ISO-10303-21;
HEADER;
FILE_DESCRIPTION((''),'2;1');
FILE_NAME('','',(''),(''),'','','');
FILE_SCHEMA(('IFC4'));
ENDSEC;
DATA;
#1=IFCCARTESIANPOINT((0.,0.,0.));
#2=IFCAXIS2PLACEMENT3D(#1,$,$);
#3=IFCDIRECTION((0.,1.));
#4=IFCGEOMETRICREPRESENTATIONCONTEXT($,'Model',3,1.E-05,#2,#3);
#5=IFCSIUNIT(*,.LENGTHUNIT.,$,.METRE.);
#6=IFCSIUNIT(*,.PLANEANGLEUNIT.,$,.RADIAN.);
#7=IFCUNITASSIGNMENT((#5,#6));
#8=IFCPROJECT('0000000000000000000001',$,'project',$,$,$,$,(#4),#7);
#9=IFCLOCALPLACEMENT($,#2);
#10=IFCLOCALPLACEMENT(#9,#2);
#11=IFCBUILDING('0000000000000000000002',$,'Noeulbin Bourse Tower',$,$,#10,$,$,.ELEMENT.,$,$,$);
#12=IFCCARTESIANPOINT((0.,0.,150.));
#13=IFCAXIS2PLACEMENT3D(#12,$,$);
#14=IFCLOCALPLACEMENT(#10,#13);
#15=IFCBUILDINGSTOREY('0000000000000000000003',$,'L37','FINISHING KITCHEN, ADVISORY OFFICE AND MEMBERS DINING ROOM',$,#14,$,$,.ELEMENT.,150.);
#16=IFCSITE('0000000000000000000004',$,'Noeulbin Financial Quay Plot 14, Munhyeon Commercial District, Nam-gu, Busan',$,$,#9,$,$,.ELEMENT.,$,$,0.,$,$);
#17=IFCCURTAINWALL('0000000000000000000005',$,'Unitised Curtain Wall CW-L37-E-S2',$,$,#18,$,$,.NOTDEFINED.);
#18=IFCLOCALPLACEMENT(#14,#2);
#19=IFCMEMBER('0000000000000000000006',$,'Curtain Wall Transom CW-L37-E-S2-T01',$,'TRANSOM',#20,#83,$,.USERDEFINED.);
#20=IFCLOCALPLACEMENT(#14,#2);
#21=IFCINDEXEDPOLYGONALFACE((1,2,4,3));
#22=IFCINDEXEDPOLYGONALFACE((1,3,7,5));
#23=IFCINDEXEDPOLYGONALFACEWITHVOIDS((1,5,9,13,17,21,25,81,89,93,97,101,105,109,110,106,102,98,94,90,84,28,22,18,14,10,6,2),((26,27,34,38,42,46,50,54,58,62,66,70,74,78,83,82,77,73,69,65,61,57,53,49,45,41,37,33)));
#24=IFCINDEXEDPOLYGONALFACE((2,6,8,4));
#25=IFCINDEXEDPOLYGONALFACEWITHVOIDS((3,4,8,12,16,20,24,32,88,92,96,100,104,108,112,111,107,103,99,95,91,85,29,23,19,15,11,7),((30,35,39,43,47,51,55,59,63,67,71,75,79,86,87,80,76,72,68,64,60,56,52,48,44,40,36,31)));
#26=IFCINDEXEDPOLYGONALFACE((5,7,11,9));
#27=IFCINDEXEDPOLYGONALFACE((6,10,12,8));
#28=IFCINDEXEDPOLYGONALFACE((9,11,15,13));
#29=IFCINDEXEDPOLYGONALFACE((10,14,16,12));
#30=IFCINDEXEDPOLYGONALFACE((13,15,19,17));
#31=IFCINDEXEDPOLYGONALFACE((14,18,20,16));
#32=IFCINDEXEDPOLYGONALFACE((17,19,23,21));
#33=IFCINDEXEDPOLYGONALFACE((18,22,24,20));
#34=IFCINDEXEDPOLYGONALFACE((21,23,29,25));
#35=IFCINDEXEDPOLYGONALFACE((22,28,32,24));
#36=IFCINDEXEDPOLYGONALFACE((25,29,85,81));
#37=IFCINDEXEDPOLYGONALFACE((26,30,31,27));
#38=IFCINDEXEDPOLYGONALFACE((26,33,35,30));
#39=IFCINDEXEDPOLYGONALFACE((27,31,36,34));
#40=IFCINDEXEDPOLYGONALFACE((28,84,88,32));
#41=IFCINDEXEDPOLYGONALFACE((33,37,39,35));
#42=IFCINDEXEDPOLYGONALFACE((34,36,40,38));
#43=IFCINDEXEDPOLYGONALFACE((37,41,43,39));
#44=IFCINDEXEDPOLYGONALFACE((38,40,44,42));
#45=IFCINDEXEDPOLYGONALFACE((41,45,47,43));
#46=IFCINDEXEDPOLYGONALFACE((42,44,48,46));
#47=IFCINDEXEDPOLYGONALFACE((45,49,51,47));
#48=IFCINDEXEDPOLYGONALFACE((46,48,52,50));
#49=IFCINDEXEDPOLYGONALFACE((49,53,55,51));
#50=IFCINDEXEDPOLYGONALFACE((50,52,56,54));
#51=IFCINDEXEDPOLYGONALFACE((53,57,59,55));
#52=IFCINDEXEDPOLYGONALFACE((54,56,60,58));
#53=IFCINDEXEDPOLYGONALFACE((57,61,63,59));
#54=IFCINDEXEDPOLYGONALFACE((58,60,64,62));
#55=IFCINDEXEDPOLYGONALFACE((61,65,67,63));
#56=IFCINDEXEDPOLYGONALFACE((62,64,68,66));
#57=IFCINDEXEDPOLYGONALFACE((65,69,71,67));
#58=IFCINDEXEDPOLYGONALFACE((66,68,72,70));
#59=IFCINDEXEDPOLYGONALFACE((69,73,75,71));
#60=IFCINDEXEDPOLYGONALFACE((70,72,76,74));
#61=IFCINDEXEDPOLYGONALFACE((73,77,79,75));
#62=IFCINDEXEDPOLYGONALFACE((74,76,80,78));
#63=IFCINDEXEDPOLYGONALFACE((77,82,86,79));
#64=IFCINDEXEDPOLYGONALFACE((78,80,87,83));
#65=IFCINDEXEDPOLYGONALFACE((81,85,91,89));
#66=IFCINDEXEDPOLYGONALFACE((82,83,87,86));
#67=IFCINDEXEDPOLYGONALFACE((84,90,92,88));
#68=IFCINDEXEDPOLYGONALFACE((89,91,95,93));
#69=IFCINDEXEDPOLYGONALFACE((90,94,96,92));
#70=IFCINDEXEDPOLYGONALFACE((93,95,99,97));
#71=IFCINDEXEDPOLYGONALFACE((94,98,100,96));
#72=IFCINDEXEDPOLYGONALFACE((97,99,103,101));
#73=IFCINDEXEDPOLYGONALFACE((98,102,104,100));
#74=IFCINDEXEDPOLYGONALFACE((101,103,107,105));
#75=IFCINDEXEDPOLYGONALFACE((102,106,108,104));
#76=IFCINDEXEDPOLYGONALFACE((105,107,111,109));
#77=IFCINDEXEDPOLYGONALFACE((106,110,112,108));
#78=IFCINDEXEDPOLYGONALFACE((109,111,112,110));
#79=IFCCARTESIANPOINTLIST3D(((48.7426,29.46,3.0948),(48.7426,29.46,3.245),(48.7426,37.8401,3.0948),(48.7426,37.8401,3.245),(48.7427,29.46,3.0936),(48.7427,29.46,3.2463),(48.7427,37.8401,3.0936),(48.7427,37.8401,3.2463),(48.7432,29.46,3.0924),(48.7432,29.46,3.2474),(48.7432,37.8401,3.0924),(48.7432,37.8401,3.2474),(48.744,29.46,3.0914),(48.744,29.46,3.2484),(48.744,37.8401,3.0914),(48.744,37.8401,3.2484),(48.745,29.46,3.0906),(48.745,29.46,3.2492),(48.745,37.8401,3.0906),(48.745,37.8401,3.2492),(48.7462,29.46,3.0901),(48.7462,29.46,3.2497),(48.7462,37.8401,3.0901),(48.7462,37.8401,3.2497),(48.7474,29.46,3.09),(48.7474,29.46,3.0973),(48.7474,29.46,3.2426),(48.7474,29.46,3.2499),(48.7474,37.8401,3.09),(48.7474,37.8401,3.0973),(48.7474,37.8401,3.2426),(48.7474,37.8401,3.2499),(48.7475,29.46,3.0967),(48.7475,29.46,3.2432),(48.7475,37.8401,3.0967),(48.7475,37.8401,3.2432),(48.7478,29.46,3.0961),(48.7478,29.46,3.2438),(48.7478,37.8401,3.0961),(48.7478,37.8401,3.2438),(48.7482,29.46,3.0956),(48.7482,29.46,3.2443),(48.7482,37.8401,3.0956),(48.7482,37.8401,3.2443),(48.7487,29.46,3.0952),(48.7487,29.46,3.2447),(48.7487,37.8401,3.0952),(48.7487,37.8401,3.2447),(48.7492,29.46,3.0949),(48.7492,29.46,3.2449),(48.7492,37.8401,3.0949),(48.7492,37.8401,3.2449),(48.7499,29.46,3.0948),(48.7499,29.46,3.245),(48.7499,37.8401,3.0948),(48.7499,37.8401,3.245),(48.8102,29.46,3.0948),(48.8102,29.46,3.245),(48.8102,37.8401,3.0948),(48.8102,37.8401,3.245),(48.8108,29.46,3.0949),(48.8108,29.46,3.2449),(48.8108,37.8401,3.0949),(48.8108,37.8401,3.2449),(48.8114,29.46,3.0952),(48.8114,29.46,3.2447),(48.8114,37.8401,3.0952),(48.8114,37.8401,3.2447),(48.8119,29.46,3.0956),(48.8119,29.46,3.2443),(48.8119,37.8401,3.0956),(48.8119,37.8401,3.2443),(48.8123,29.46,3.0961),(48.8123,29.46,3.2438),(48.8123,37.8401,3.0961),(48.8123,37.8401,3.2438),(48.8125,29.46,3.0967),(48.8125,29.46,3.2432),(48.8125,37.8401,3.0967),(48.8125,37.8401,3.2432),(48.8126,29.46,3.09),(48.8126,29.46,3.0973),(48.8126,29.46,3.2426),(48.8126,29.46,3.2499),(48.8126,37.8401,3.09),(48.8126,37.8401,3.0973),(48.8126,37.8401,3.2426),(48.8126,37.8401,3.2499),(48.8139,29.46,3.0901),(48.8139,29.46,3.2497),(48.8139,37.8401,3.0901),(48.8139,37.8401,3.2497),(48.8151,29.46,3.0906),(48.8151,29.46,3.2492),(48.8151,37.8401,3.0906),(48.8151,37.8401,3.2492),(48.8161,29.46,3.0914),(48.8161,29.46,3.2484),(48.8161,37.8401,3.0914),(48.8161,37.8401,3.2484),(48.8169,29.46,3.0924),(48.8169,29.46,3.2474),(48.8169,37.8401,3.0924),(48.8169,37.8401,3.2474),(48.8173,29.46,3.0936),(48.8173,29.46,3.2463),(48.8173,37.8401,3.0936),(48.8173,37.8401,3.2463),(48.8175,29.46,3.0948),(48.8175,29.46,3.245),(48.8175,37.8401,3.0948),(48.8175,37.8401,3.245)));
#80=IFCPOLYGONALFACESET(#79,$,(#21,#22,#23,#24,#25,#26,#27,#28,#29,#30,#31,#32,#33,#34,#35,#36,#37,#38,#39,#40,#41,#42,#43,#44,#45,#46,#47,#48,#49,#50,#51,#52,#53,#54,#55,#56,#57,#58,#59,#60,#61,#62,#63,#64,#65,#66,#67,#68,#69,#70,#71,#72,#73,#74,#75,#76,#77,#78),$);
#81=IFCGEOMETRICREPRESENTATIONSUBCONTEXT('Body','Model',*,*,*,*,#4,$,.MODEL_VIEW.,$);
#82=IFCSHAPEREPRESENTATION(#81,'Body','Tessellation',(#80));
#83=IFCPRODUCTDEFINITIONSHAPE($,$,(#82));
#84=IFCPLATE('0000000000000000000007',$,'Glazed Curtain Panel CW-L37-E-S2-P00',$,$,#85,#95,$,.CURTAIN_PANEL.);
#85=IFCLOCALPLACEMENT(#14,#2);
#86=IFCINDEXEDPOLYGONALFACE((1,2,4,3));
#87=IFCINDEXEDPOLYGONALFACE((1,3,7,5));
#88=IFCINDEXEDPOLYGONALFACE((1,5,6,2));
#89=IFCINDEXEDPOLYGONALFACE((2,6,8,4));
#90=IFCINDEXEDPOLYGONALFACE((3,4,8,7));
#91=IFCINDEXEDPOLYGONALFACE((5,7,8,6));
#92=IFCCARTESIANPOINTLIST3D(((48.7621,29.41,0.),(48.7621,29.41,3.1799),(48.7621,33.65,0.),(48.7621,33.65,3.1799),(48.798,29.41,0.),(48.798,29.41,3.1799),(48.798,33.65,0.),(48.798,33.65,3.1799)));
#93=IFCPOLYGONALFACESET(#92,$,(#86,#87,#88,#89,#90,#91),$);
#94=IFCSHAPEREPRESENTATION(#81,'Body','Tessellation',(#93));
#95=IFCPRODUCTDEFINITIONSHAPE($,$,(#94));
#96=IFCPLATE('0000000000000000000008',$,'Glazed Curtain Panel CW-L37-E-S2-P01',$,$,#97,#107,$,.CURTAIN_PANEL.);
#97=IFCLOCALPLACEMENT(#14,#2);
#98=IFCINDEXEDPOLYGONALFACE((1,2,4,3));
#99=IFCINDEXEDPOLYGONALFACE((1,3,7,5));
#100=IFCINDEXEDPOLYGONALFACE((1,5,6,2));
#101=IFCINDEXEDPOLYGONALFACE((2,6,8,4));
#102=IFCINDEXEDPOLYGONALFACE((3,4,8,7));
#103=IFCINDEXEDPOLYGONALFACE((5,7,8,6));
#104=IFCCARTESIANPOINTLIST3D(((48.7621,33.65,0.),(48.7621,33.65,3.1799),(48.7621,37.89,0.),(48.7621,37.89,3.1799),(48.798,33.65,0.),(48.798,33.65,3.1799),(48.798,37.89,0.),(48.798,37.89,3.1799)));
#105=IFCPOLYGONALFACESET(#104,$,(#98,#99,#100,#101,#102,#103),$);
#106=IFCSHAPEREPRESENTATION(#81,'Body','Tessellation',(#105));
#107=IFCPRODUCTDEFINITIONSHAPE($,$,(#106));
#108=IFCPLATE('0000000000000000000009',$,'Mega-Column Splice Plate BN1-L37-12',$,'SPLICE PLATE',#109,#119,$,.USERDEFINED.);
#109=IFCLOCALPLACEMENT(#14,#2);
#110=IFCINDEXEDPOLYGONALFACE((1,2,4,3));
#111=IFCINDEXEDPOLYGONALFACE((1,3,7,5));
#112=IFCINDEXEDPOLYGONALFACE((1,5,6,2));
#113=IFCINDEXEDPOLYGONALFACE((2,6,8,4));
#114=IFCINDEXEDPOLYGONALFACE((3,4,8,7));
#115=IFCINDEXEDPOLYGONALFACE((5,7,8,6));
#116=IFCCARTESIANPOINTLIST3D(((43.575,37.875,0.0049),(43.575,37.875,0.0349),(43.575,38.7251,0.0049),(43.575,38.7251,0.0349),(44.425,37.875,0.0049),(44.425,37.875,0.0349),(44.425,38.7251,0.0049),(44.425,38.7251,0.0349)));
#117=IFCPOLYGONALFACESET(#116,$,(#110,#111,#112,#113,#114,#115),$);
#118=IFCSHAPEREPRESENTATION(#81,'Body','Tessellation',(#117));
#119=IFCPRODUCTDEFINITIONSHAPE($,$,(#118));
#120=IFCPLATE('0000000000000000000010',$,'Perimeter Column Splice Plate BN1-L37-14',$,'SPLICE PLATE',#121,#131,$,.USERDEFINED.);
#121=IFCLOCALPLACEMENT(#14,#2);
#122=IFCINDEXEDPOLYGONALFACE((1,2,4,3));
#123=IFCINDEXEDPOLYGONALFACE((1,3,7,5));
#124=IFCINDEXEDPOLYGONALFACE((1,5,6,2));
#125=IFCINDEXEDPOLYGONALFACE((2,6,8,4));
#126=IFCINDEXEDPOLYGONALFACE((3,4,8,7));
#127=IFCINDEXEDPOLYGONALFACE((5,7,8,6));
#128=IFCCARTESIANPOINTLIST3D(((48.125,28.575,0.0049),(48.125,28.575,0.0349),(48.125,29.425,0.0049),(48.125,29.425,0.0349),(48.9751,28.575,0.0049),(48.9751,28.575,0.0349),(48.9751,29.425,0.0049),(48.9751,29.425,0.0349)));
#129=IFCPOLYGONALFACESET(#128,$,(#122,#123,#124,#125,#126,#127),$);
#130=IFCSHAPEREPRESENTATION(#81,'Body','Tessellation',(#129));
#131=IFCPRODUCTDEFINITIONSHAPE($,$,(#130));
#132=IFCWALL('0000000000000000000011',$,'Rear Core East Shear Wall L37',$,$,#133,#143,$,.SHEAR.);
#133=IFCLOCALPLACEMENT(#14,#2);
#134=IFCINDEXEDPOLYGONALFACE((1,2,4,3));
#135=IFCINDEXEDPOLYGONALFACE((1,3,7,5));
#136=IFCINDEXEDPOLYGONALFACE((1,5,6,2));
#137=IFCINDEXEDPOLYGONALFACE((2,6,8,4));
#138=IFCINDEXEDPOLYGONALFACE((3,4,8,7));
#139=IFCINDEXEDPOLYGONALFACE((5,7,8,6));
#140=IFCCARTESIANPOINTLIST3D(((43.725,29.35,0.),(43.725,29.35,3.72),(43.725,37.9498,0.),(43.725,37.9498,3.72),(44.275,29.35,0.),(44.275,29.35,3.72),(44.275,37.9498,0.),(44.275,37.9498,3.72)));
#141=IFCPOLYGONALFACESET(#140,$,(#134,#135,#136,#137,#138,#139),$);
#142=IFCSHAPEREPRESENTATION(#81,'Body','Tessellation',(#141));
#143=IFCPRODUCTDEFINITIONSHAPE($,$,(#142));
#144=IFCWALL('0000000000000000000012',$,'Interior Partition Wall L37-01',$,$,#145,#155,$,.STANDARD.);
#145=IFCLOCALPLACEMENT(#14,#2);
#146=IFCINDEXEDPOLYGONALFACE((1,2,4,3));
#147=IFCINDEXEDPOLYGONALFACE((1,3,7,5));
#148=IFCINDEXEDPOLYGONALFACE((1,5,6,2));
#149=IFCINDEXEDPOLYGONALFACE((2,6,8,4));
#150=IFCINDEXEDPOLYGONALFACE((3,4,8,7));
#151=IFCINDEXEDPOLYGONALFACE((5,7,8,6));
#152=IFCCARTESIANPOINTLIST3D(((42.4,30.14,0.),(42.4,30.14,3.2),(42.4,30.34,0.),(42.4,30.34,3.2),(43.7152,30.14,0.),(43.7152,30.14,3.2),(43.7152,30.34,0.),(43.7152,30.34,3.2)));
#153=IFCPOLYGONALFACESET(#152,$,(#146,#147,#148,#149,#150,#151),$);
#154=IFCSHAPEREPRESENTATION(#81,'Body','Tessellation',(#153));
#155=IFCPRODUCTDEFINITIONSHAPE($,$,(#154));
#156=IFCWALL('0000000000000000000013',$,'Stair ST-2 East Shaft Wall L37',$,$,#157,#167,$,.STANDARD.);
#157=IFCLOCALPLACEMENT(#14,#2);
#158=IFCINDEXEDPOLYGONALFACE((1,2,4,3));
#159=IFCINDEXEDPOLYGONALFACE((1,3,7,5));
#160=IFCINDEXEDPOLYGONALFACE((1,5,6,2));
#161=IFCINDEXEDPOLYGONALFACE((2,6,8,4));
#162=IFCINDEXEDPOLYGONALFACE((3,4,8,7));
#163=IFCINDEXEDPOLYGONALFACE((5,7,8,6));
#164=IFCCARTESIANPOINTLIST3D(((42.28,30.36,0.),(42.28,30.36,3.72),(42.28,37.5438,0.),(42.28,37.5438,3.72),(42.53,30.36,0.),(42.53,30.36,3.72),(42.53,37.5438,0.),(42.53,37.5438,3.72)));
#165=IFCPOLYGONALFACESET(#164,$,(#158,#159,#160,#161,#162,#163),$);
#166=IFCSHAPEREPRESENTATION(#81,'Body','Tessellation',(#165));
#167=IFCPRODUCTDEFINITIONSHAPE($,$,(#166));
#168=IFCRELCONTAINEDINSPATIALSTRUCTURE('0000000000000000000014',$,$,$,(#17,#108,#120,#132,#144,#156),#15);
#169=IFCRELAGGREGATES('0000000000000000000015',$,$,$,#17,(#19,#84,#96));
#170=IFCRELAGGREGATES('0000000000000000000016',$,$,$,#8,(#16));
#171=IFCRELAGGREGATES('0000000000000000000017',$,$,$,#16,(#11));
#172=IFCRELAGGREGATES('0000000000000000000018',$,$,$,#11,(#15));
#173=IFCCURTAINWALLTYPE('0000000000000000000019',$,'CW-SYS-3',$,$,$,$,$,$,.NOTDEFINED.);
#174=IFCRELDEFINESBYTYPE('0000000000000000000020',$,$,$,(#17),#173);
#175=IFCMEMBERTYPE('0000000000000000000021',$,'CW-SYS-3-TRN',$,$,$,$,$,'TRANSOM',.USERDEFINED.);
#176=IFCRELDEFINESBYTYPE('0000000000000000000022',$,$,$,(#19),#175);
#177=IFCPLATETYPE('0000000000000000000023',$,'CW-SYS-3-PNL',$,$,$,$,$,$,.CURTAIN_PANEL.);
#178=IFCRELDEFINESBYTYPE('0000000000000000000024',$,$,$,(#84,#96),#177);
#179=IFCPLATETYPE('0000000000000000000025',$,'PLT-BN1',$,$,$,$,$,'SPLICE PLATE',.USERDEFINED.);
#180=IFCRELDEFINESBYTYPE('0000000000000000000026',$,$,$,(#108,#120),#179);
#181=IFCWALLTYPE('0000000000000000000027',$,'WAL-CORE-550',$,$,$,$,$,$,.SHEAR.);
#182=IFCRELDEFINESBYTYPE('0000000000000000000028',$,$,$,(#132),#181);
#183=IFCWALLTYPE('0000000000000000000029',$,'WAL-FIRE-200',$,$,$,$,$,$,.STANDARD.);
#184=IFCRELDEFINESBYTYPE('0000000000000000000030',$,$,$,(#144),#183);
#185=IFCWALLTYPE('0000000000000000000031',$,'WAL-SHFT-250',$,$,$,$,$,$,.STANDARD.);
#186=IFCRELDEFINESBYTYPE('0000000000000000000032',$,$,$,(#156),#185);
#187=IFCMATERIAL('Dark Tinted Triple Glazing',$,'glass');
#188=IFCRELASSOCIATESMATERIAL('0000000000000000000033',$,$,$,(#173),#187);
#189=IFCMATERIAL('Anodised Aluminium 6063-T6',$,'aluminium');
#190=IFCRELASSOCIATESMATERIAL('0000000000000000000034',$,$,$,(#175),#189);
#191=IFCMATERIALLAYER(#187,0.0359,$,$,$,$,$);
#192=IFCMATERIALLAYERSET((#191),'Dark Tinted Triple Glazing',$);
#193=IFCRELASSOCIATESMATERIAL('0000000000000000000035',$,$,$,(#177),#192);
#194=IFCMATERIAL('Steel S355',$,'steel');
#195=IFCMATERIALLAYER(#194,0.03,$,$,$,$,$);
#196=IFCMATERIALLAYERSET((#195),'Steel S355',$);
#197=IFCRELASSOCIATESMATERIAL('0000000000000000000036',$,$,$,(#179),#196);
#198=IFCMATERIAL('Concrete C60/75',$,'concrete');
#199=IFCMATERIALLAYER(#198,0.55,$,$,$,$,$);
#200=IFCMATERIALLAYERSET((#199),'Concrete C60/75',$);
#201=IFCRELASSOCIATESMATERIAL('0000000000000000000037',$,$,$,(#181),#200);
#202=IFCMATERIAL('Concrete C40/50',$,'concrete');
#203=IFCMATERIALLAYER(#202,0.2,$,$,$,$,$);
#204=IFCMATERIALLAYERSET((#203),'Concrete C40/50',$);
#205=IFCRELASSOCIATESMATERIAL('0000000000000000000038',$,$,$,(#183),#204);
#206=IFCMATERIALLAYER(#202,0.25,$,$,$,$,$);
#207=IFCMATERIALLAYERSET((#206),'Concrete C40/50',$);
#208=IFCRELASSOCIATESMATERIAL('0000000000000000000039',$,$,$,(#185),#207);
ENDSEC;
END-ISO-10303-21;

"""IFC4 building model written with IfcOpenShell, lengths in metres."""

from ifc_helpers import new_model, si_unit, direction, frame, frame_2d, origin, origin_2d, place, context, subcontext, project, spatial, rectangle, hollow_rectangle, extrude, material, layer, layer_set, material_profile, profile_set, type_object, element, aggregate, save


model = new_model("IFC4")

# Units and contexts
model_context = context("Model", 3, precision=1e-05, world=origin(), true_north=direction((0.0, 1.0)))
body_context = subcontext(model_context, "Body", "Model", "MODEL_VIEW")
ifc_project = project(units=[si_unit("LENGTHUNIT", "METRE"), si_unit("PLANEANGLEUNIT", "RADIAN")], contexts=[model_context])

# Site, building, storey
site_placement = place(None, origin())
site = spatial("IfcSite", under=ifc_project, at=site_placement, Name="Noeulbin Financial Quay Plot 14, Munhyeon Commercial District, Nam-gu, Busan", CompositionType="ELEMENT", RefElevation=0.0)
building_placement = place(site_placement, origin())
building = spatial("IfcBuilding", under=site, at=building_placement, Name="Noeulbin Bourse Tower", CompositionType="ELEMENT")
storey_placement = place(building_placement, frame((0.0, 0.0, 150.0)))
storey = spatial("IfcBuildingStorey", under=building, at=storey_placement, Name="L37", Description="FINISHING KITCHEN, ADVISORY OFFICE AND MEMBERS DINING ROOM", CompositionType="ELEMENT", Elevation=150.0)

# Shared definitions
ifc_material_1 = material(Name="Steel S355", Category="steel")

# Curtain wall, member, plates
ifc_material_2 = material(Name="Dark Tinted Triple Glazing", Category="glass")
curtain_wall_type = type_object("IfcCurtainWallType", Name="CW-SYS-3", PredefinedType="NOTDEFINED", material=ifc_material_2)
curtain_wall_placement = place(storey_placement, origin())
curtain_wall = element("IfcCurtainWall", 1, at=curtain_wall_placement, inside=storey, type_object=curtain_wall_type, Name="Unitised Curtain Wall CW-L37-E-S2", PredefinedType="NOTDEFINED")
ifc_material_3 = material(Name="Anodised Aluminium 6063-T6", Category="aluminium")
ifc_material_profile_1 = material_profile(ifc_material_3, hollow_rectangle(XDim=0.075, YDim=0.1599, WallThickness=0.0049, InnerFilletRadius=0.0024, OuterFilletRadius=0.0049, at=origin_2d()), Name="ALU-TRAN-75x160x5", Category="LoadBearing")
ifc_profile_set_1 = profile_set([ifc_material_profile_1], Name="Anodised Aluminium 6063-T6")
member_type_1 = type_object("IfcMemberType", Name="CW-SYS-3-TRN", ElementType="TRANSOM", PredefinedType="USERDEFINED", material=ifc_profile_set_1)
member_1_placement = place(storey_placement, frame((48.78, 29.46, 3.1699), z_axis=(0.0, 1.0, 0.0), x_axis=(-1.0, 0.0, 0.0)))
member_1 = element("IfcMember", 2, at=member_1_placement, type_object=member_type_1, Name="Curtain Wall Transom CW-L37-E-S2-T01", ObjectType="TRANSOM", PredefinedType="USERDEFINED", context=body_context, shape_type="SweptSolid", body=[
    extrude(hollow_rectangle(XDim=0.075, YDim=0.1599, WallThickness=0.0049, InnerFilletRadius=0.0024, OuterFilletRadius=0.0049, at=origin_2d()), origin(), (0.0, 0.0, 1.0), 8.3801),
])
ifc_layer_1 = layer(ifc_material_2, 0.0359)
ifc_layer_set_1 = layer_set([ifc_layer_1], Name="Dark Tinted Triple Glazing")
plate_type_1 = type_object("IfcPlateType", Name="CW-SYS-3-PNL", PredefinedType="CURTAIN_PANEL", material=ifc_layer_set_1)
plate_1_placement = place(storey_placement, frame((48.78, 31.53, 0.0), z_axis=(0.0, 0.0, 1.0), x_axis=(0.0, 1.0, 0.0)))
plate_1 = element("IfcPlate", 3, at=plate_1_placement, type_object=plate_type_1, Name="Glazed Curtain Panel CW-L37-E-S2-P00", PredefinedType="CURTAIN_PANEL", context=body_context, shape_type="SweptSolid", body=[
    extrude(rectangle(XDim=4.24, YDim=0.0359, at=origin_2d()), origin(), (0.0, 0.0, 1.0), 3.1799),
])
plate_2_placement = place(storey_placement, frame((48.78, 35.77, 0.0), z_axis=(0.0, 0.0, 1.0), x_axis=(0.0, 1.0, 0.0)))
plate_2 = element("IfcPlate", 4, at=plate_2_placement, type_object=plate_type_1, Name="Glazed Curtain Panel CW-L37-E-S2-P01", PredefinedType="CURTAIN_PANEL", context=body_context, shape_type="SweptSolid", body=[
    extrude(rectangle(XDim=4.24, YDim=0.0359, at=origin_2d()), origin(), (0.0, 0.0, 1.0), 3.1799),
])
aggregate(curtain_wall, [member_1, plate_1, plate_2])

# Plates
ifc_layer_2 = layer(ifc_material_1, 0.03)
ifc_layer_set_2 = layer_set([ifc_layer_2], Name="Steel S355")
plate_type_2 = type_object("IfcPlateType", Name="PLT-BN1", ElementType="SPLICE PLATE", PredefinedType="USERDEFINED", material=ifc_layer_set_2)
for number, where, z_axis, x_axis, name in (
    (5, (44.0, 38.3, 0.0049), (0.0, 0.0, 1.0), (1.0, 0.0, 0.0), "Mega-Column Splice Plate BN1-L37-12"),
    (6, (48.55, 29.0, 0.0049), (0.0, 0.0, 1.0), (1.0, 0.0, 0.0), "Perimeter Column Splice Plate BN1-L37-14"),
):
    element("IfcPlate", number, at=place(storey_placement, frame(where, z_axis=z_axis, x_axis=x_axis)), inside=storey, type_object=plate_type_2, Name=name, ObjectType="SPLICE PLATE", PredefinedType="USERDEFINED", context=body_context, shape_type="SweptSolid", body=[
        extrude(rectangle(XDim=0.8501, YDim=0.8501, at=origin_2d()), origin(), (0.0, 0.0, 1.0), 0.03),
    ])

# Walls
ifc_material_4 = material(Name="Concrete C60/75", Category="concrete")
ifc_layer_3 = layer(ifc_material_4, 0.55)
ifc_layer_set_3 = layer_set([ifc_layer_3], Name="Concrete C60/75")
wall_type_1 = type_object("IfcWallType", Name="WAL-CORE-550", PredefinedType="SHEAR", material=ifc_layer_set_3)
wall_1_placement = place(storey_placement, frame((44.0, 29.3501, 0.0), z_axis=(0.0, 0.0, 1.0), x_axis=(0.0, 1.0, 0.0)))
element("IfcWall", 7, at=wall_1_placement, inside=storey, type_object=wall_type_1, Name="Rear Core East Shear Wall L37", PredefinedType="SHEAR", context=body_context, shape_type="SweptSolid", body=[
    extrude(rectangle(XDim=8.5999, YDim=0.55, at=frame_2d((4.2998, 0.0))), origin(), (0.0, 0.0, 1.0), 3.72),
])
ifc_material_5 = material(Name="Concrete C40/50", Category="concrete")
ifc_layer_4 = layer(ifc_material_5, 0.2)
ifc_layer_set_4 = layer_set([ifc_layer_4], Name="Concrete C40/50")
wall_type_2 = type_object("IfcWallType", Name="WAL-FIRE-200", PredefinedType="STANDARD", material=ifc_layer_set_4)
wall_2_placement = place(storey_placement, frame((42.3999, 30.24, 0.0), z_axis=(0.0, 0.0, 1.0), x_axis=(1.0, 0.0, 0.0)))
element("IfcWall", 8, at=wall_2_placement, inside=storey, type_object=wall_type_2, Name="Interior Partition Wall L37-01", PredefinedType="STANDARD", context=body_context, shape_type="SweptSolid", body=[
    extrude(rectangle(XDim=1.3152, YDim=0.2, at=frame_2d((0.6577, 0.0))), origin(), (0.0, 0.0, 1.0), 3.2),
])
ifc_layer_5 = layer(ifc_material_5, 0.25)
ifc_layer_set_5 = layer_set([ifc_layer_5], Name="Concrete C40/50")
wall_type_3 = type_object("IfcWallType", Name="WAL-SHFT-250", PredefinedType="STANDARD", material=ifc_layer_set_5)
wall_3_placement = place(storey_placement, frame((42.405, 30.3601, 0.0), z_axis=(0.0, 0.0, 1.0), x_axis=(0.0, 1.0, 0.0)))
element("IfcWall", 9, at=wall_3_placement, inside=storey, type_object=wall_type_3, Name="Stair ST-2 East Shaft Wall L37", PredefinedType="STANDARD", context=body_context, shape_type="SweptSolid", body=[
    extrude(rectangle(XDim=7.1838, YDim=0.25, at=frame_2d((3.5918, 0.0))), origin(), (0.0, 0.0, 1.0), 3.72),
])

save(model, "model.ifc")
